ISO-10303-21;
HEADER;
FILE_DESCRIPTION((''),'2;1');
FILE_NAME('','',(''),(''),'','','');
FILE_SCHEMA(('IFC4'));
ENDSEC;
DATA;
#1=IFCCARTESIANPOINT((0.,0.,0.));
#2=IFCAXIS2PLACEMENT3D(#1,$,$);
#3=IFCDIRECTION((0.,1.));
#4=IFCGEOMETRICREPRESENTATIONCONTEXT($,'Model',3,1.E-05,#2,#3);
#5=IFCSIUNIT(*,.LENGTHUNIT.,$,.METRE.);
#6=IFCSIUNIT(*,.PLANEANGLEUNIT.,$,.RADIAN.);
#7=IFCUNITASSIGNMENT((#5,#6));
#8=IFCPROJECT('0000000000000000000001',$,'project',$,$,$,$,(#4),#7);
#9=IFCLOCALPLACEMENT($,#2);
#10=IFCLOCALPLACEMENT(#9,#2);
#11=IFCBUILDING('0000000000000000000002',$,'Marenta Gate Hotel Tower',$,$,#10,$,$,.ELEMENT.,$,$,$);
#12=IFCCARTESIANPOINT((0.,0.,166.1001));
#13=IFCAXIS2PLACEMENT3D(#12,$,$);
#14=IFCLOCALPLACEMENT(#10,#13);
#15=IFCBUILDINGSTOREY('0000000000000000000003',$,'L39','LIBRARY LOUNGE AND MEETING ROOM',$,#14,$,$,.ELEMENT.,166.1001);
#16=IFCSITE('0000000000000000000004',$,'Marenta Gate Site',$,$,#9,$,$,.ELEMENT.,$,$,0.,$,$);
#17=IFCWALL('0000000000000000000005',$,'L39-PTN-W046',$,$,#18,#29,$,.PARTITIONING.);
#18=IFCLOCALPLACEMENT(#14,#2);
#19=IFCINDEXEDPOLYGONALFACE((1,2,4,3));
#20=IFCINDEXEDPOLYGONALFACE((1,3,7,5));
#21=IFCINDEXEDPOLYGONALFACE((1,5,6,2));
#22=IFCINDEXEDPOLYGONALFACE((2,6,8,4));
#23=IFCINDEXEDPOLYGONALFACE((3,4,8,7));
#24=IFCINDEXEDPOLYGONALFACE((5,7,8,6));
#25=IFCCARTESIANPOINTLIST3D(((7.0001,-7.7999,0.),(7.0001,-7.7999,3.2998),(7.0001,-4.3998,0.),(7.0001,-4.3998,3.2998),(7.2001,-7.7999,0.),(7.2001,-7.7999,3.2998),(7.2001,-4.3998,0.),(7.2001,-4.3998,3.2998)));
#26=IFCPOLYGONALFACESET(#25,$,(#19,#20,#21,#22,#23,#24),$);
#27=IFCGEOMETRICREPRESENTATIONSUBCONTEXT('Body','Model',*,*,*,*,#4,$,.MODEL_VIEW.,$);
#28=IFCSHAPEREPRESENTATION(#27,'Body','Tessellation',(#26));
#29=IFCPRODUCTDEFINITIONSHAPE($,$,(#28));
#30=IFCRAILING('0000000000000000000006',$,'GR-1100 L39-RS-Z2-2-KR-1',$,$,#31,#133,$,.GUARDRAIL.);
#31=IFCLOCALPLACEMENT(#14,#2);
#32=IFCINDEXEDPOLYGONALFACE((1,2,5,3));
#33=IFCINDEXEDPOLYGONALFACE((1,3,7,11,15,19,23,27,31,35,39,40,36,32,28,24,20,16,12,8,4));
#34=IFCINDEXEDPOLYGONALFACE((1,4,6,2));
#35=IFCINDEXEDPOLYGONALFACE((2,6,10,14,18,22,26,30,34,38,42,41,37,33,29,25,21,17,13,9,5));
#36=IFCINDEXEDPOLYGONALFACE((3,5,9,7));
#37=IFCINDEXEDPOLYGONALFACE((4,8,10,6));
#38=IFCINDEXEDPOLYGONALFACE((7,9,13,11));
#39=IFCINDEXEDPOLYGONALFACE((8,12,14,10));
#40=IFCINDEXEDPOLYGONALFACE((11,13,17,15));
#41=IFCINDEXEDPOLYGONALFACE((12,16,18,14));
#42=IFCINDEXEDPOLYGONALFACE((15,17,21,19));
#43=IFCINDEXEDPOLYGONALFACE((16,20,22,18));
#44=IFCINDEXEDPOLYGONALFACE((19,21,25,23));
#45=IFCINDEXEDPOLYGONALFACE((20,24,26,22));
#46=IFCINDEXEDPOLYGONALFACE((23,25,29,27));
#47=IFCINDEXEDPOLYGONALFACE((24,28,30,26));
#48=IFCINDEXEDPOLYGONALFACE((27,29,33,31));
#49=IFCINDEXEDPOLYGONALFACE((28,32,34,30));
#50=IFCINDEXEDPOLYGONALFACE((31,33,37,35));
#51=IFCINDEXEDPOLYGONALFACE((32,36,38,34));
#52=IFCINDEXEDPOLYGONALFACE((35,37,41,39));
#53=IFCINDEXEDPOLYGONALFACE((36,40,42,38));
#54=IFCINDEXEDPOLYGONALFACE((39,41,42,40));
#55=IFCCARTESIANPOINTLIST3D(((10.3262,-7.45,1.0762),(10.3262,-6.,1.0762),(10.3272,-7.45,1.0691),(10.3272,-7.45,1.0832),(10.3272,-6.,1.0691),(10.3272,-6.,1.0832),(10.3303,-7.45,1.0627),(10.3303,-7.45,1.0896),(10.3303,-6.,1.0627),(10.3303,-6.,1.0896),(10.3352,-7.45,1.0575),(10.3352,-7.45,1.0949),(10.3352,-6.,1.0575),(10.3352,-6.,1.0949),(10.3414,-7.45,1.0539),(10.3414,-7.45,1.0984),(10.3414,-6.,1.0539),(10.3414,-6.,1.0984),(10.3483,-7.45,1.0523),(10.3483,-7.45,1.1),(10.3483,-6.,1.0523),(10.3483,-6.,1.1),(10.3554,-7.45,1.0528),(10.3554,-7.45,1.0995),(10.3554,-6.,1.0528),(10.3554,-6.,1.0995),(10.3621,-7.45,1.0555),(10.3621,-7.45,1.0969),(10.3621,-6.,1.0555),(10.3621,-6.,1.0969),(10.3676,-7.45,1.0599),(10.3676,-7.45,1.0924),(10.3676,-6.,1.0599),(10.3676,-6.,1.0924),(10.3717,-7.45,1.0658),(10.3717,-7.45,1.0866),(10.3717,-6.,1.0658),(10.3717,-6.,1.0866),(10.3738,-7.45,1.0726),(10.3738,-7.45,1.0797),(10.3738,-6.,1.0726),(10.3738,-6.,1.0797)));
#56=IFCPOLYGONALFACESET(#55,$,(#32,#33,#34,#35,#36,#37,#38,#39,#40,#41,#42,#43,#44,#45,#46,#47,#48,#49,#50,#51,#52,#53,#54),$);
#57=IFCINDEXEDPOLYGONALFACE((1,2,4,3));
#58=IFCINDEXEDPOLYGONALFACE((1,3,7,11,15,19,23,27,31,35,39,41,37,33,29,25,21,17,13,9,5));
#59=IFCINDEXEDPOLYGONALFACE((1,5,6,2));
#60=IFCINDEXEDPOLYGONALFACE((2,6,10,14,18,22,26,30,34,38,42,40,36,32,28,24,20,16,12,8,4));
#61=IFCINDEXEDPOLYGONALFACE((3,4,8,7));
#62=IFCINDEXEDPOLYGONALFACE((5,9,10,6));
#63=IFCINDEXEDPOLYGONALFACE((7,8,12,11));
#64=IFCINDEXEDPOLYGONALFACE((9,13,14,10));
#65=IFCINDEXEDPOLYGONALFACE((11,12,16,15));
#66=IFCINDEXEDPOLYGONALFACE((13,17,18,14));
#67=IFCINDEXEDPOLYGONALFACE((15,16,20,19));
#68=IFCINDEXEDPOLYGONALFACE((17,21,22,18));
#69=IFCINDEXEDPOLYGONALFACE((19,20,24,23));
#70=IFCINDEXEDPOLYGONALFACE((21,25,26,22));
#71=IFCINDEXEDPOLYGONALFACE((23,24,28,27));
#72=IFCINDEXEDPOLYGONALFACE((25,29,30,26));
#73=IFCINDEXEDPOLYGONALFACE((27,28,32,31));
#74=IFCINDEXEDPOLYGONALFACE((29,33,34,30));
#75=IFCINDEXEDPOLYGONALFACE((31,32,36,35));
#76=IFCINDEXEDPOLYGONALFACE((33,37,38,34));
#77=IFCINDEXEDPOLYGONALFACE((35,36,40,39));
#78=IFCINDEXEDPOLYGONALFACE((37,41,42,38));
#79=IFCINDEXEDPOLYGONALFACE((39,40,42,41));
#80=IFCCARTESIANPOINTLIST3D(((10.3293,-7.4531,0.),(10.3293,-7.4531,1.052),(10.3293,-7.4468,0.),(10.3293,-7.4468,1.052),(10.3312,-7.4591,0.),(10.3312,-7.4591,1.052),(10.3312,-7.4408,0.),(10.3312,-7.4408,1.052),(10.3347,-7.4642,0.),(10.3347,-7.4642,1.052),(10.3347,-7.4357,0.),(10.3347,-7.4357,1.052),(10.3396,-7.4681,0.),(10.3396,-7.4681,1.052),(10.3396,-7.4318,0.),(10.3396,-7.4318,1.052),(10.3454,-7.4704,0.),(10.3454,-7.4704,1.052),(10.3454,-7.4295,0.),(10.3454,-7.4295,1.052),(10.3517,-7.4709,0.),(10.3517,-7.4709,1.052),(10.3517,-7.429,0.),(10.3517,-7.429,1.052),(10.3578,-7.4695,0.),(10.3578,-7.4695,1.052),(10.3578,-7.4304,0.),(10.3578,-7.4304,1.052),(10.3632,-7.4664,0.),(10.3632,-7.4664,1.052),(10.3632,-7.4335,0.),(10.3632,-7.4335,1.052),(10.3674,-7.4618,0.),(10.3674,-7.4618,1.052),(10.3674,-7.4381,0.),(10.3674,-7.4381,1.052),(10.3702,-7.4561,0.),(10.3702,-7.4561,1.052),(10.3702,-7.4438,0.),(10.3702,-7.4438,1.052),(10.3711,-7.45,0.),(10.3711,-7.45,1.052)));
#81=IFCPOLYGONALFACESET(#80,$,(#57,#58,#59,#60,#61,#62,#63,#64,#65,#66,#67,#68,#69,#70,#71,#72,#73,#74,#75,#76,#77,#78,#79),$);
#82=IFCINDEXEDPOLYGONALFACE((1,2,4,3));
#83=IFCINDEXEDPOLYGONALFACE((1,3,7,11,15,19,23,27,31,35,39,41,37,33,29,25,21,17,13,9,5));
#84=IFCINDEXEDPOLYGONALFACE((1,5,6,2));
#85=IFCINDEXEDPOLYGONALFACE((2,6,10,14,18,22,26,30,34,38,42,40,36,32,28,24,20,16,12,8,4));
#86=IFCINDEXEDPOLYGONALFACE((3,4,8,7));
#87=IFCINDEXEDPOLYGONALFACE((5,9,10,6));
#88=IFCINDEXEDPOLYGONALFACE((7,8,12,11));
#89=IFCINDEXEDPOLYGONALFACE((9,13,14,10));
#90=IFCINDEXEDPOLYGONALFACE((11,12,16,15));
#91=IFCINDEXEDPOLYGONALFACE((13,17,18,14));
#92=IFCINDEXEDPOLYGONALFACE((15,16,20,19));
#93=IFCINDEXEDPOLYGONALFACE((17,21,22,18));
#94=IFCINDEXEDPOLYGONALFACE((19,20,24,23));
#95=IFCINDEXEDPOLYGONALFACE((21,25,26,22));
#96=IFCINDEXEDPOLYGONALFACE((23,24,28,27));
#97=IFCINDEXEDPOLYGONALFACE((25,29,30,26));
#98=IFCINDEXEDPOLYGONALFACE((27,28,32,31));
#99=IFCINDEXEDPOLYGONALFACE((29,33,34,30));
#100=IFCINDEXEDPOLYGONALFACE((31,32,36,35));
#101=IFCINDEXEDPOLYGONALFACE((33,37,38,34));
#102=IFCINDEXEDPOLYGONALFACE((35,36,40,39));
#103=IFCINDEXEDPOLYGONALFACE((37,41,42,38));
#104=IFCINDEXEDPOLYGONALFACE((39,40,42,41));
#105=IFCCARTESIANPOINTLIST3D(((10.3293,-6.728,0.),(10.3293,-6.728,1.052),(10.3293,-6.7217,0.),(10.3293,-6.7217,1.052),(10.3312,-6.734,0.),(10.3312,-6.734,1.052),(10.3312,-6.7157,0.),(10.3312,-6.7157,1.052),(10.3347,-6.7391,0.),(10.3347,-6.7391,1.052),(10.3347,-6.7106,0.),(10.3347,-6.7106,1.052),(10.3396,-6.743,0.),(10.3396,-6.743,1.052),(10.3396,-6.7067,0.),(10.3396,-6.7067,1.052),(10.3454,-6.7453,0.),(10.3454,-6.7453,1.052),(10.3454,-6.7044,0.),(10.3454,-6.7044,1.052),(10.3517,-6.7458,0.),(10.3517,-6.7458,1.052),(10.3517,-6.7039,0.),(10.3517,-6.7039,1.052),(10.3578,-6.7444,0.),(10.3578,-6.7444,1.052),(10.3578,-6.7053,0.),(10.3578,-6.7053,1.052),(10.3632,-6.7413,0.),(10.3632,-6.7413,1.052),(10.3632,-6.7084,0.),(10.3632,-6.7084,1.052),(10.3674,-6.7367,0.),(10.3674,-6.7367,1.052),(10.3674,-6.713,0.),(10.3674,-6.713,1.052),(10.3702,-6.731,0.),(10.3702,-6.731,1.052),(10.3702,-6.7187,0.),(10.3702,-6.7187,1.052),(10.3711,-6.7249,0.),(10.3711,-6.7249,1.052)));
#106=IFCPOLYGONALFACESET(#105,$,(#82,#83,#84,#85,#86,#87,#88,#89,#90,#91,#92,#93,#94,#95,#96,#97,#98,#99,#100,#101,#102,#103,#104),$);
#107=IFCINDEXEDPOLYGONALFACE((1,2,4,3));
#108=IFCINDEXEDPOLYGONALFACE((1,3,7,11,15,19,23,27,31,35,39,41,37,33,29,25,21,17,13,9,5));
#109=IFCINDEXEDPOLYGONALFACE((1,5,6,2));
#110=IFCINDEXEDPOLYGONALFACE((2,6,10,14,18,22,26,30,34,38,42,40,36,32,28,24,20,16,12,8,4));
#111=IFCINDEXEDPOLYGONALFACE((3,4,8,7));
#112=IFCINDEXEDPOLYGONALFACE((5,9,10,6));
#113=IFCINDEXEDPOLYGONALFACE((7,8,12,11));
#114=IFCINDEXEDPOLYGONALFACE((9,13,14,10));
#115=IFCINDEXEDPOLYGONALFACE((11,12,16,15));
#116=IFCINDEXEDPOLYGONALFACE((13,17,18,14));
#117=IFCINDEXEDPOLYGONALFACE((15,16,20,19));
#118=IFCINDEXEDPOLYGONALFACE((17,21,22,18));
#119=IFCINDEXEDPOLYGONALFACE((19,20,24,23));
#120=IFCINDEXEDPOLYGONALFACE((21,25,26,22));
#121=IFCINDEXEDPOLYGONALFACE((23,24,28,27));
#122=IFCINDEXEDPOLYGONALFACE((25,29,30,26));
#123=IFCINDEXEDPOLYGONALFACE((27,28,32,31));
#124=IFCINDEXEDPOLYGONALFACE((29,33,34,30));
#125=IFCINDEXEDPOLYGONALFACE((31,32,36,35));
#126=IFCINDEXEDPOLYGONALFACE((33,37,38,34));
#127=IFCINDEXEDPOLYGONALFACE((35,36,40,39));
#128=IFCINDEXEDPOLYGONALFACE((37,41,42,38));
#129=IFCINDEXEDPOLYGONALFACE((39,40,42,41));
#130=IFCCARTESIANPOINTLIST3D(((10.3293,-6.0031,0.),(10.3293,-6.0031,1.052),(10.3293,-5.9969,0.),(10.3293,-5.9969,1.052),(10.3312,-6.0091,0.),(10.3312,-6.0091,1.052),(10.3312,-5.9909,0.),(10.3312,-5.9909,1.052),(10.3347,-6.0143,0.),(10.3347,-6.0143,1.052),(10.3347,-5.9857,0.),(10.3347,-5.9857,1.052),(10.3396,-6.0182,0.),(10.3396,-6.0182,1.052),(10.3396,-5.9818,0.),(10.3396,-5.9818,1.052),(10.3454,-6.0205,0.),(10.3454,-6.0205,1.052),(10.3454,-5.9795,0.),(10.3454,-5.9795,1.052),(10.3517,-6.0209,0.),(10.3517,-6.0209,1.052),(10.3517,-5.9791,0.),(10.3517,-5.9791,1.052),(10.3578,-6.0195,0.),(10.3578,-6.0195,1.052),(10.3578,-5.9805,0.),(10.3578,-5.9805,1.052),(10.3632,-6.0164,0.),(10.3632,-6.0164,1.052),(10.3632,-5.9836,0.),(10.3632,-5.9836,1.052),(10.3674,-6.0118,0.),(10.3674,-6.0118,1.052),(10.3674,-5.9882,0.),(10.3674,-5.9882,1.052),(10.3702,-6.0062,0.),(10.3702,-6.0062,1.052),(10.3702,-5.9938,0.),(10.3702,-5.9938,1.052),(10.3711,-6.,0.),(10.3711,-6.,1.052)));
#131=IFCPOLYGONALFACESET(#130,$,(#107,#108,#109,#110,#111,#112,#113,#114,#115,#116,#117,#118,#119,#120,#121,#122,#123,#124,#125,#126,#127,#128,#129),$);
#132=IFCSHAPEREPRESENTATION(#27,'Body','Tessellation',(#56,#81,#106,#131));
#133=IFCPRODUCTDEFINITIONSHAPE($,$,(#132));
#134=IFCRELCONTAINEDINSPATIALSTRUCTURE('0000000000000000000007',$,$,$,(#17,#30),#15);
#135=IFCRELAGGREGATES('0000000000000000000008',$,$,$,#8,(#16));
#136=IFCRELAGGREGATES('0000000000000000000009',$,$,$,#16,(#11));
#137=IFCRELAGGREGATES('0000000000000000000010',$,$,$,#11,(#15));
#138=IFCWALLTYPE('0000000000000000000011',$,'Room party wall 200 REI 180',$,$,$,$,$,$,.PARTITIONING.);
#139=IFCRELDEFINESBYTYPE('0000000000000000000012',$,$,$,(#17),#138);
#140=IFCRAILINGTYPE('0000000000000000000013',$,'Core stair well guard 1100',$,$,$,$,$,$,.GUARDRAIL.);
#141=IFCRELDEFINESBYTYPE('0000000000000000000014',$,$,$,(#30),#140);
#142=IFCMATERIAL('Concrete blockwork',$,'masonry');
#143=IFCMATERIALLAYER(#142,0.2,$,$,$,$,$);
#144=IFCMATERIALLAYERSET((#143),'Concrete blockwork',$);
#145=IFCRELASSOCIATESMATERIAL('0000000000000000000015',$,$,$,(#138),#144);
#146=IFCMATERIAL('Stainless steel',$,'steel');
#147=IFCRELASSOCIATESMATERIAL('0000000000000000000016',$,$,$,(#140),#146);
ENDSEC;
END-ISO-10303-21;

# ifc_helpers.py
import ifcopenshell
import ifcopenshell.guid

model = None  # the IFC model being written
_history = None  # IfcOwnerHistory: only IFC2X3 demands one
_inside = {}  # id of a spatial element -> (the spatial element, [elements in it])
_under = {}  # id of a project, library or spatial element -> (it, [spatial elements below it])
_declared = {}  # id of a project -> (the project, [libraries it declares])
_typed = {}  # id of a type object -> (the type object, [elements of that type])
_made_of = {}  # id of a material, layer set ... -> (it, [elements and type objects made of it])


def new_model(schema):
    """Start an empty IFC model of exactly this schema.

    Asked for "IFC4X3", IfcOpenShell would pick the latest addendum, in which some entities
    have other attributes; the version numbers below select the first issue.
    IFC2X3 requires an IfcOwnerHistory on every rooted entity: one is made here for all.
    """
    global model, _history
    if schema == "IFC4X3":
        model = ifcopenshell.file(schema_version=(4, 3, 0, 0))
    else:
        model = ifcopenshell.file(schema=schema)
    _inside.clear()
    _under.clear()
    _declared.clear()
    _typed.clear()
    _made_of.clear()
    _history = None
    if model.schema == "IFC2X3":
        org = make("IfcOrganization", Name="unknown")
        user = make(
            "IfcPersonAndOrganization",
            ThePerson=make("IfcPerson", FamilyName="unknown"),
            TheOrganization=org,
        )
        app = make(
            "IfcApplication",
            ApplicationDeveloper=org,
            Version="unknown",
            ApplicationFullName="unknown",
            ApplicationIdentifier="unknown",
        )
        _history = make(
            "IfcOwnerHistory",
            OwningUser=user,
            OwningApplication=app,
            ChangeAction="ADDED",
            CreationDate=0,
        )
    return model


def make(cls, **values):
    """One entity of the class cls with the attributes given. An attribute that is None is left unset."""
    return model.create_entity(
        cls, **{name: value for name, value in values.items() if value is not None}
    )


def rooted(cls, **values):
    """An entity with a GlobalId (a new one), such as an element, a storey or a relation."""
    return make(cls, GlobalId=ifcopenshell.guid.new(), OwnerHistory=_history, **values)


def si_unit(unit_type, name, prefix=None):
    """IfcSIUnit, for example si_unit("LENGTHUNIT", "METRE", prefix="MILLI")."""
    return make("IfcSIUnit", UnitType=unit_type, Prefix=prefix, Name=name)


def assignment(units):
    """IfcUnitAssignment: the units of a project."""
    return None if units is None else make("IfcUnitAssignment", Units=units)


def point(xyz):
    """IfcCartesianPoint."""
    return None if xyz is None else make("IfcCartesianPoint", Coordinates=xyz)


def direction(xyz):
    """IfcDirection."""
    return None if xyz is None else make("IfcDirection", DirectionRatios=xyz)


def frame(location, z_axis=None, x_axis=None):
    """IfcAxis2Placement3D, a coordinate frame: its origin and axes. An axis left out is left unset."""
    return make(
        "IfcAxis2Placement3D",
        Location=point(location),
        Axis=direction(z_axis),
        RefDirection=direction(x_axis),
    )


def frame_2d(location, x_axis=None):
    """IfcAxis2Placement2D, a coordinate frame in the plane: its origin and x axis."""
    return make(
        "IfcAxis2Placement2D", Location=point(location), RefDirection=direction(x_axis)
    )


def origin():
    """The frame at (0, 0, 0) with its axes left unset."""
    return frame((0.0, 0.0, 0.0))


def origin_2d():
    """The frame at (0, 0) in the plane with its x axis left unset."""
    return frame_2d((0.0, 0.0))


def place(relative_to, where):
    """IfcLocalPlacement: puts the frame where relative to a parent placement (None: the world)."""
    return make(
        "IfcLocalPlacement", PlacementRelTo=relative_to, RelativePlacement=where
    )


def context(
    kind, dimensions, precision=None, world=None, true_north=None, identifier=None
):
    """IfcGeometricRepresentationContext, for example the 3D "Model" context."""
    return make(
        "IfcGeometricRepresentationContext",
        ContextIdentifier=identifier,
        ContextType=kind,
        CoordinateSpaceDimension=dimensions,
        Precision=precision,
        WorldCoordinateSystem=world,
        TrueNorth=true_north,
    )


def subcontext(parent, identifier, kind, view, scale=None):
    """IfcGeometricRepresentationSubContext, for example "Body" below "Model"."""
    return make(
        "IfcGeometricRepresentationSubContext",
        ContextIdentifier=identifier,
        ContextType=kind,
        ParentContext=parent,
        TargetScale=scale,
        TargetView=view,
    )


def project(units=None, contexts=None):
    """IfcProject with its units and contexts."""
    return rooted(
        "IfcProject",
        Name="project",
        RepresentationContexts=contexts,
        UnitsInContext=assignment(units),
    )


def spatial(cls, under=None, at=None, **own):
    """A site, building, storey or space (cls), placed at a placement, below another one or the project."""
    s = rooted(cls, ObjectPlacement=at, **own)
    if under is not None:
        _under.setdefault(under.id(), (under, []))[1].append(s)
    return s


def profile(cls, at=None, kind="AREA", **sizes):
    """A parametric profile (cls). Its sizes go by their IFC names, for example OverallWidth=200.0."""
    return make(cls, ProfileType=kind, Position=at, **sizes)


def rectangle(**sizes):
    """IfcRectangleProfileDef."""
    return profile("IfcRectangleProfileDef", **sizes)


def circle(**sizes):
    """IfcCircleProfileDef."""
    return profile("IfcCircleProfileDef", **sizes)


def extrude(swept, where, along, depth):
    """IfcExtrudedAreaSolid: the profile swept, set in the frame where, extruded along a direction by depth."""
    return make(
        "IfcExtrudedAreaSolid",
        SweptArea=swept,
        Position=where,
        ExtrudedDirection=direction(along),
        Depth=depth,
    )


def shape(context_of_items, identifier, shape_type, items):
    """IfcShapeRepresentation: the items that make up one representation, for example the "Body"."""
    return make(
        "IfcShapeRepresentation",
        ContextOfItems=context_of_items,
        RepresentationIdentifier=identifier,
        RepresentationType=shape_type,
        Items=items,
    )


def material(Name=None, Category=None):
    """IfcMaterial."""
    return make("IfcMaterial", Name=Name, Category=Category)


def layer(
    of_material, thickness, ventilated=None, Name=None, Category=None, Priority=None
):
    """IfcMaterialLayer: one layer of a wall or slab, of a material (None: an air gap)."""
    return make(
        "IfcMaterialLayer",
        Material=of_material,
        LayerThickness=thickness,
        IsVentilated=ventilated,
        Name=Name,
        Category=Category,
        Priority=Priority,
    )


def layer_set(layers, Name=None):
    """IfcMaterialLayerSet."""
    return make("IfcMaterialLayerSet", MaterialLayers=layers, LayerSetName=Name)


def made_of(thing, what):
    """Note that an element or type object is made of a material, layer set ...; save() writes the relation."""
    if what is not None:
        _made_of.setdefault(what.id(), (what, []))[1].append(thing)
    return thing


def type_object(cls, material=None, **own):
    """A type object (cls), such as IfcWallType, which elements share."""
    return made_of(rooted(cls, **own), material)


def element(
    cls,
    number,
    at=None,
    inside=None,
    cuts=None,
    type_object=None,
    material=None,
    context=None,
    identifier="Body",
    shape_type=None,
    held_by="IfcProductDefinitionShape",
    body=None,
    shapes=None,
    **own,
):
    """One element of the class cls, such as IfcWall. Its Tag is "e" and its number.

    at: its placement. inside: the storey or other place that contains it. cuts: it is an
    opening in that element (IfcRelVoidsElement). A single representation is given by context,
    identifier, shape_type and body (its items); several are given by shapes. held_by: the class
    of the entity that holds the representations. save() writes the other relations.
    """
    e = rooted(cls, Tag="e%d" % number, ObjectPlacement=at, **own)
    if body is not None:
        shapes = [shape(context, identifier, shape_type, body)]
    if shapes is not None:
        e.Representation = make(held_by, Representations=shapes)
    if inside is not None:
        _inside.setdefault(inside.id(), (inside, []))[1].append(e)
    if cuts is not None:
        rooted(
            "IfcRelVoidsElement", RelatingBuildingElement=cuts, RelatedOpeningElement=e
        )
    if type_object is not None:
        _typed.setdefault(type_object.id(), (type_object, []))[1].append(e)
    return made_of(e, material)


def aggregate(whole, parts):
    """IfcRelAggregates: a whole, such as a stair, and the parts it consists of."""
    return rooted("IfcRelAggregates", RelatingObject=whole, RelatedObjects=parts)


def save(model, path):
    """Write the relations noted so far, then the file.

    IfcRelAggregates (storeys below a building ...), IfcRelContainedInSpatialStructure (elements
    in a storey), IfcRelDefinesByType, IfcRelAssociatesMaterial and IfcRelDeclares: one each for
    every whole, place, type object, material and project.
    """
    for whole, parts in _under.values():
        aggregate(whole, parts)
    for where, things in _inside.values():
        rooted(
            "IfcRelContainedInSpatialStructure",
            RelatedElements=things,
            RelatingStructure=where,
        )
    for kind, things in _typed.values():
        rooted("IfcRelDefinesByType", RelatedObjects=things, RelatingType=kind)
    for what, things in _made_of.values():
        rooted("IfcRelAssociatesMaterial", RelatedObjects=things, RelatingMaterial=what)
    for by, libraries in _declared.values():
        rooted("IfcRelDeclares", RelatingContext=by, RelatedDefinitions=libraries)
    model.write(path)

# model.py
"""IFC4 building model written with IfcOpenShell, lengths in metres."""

from ifc_helpers import new_model, si_unit, direction, frame, frame_2d, origin, origin_2d, place, context, subcontext, project, spatial, rectangle, circle, extrude, material, layer, layer_set, type_object, element, save


model = new_model("IFC4")

# Units and contexts
model_context = context("Model", 3, precision=1e-05, world=origin(), true_north=direction((0.0, 1.0)))
body_context = subcontext(model_context, "Body", "Model", "MODEL_VIEW")
ifc_project = project(units=[si_unit("LENGTHUNIT", "METRE"), si_unit("PLANEANGLEUNIT", "RADIAN")], contexts=[model_context])

# Site, building, storey
site_placement = place(None, origin())
site = spatial("IfcSite", under=ifc_project, at=site_placement, Name="Marenta Gate Site", CompositionType="ELEMENT", RefElevation=0.0)
building_placement = place(site_placement, origin())
building = spatial("IfcBuilding", under=site, at=building_placement, Name="Marenta Gate Hotel Tower", CompositionType="ELEMENT")
storey_placement = place(building_placement, frame((0.0, 0.0, 166.1001)))
storey = spatial("IfcBuildingStorey", under=building, at=storey_placement, Name="L39", Description="LIBRARY LOUNGE AND MEETING ROOM", CompositionType="ELEMENT", Elevation=166.1001)

# Wall
ifc_material_1 = material(Name="Concrete blockwork", Category="masonry")
ifc_layer_1 = layer(ifc_material_1, 0.2)
ifc_layer_set_1 = layer_set([ifc_layer_1], Name="Concrete blockwork")
wall_type_1 = type_object("IfcWallType", Name="Room party wall 200 REI 180", PredefinedType="PARTITIONING", material=ifc_layer_set_1)
wall_1_placement = place(storey_placement, frame((7.1001, -7.8, 0.0), z_axis=(0.0, 0.0, 1.0), x_axis=(0.0, 1.0, 0.0)))
element("IfcWall", 1, at=wall_1_placement, inside=storey, type_object=wall_type_1, Name="L39-PTN-W046", PredefinedType="PARTITIONING", context=body_context, shape_type="SweptSolid", body=[
    extrude(rectangle(XDim=3.4001, YDim=0.2, at=frame_2d((1.7002, 0.0))), origin(), (0.0, 0.0, 1.0), 3.2998),
])

# Railing
ifc_material_2 = material(Name="Stainless steel", Category="steel")
railing_type = type_object("IfcRailingType", Name="Core stair well guard 1100", PredefinedType="GUARDRAIL", material=ifc_material_2)
railing_placement = place(storey_placement, frame((10.3501, -7.45, 0.0)))
element("IfcRailing", 2, at=railing_placement, inside=storey, type_object=railing_type, Name="GR-1100 L39-RS-Z2-2-KR-1", PredefinedType="GUARDRAIL", context=body_context, shape_type="SweptSolid", body=[
    extrude(circle(Radius=0.0239, at=origin_2d()), frame((0.0, 0.0, 1.0762), z_axis=(0.0, 1.0, 0.0), x_axis=(-1.0, 0.0, 0.0)), (0.0, 0.0, 1.0), 1.45),
    extrude(circle(Radius=0.021, at=origin_2d()), origin(), (0.0, 0.0, 1.0), 1.052),
    extrude(circle(Radius=0.021, at=origin_2d()), frame((0.0, 0.7251, 0.0)), (0.0, 0.0, 1.0), 1.052),
    extrude(circle(Radius=0.021, at=origin_2d()), frame((0.0, 1.45, 0.0)), (0.0, 0.0, 1.0), 1.052),
])

save(model, "model.ifc")
